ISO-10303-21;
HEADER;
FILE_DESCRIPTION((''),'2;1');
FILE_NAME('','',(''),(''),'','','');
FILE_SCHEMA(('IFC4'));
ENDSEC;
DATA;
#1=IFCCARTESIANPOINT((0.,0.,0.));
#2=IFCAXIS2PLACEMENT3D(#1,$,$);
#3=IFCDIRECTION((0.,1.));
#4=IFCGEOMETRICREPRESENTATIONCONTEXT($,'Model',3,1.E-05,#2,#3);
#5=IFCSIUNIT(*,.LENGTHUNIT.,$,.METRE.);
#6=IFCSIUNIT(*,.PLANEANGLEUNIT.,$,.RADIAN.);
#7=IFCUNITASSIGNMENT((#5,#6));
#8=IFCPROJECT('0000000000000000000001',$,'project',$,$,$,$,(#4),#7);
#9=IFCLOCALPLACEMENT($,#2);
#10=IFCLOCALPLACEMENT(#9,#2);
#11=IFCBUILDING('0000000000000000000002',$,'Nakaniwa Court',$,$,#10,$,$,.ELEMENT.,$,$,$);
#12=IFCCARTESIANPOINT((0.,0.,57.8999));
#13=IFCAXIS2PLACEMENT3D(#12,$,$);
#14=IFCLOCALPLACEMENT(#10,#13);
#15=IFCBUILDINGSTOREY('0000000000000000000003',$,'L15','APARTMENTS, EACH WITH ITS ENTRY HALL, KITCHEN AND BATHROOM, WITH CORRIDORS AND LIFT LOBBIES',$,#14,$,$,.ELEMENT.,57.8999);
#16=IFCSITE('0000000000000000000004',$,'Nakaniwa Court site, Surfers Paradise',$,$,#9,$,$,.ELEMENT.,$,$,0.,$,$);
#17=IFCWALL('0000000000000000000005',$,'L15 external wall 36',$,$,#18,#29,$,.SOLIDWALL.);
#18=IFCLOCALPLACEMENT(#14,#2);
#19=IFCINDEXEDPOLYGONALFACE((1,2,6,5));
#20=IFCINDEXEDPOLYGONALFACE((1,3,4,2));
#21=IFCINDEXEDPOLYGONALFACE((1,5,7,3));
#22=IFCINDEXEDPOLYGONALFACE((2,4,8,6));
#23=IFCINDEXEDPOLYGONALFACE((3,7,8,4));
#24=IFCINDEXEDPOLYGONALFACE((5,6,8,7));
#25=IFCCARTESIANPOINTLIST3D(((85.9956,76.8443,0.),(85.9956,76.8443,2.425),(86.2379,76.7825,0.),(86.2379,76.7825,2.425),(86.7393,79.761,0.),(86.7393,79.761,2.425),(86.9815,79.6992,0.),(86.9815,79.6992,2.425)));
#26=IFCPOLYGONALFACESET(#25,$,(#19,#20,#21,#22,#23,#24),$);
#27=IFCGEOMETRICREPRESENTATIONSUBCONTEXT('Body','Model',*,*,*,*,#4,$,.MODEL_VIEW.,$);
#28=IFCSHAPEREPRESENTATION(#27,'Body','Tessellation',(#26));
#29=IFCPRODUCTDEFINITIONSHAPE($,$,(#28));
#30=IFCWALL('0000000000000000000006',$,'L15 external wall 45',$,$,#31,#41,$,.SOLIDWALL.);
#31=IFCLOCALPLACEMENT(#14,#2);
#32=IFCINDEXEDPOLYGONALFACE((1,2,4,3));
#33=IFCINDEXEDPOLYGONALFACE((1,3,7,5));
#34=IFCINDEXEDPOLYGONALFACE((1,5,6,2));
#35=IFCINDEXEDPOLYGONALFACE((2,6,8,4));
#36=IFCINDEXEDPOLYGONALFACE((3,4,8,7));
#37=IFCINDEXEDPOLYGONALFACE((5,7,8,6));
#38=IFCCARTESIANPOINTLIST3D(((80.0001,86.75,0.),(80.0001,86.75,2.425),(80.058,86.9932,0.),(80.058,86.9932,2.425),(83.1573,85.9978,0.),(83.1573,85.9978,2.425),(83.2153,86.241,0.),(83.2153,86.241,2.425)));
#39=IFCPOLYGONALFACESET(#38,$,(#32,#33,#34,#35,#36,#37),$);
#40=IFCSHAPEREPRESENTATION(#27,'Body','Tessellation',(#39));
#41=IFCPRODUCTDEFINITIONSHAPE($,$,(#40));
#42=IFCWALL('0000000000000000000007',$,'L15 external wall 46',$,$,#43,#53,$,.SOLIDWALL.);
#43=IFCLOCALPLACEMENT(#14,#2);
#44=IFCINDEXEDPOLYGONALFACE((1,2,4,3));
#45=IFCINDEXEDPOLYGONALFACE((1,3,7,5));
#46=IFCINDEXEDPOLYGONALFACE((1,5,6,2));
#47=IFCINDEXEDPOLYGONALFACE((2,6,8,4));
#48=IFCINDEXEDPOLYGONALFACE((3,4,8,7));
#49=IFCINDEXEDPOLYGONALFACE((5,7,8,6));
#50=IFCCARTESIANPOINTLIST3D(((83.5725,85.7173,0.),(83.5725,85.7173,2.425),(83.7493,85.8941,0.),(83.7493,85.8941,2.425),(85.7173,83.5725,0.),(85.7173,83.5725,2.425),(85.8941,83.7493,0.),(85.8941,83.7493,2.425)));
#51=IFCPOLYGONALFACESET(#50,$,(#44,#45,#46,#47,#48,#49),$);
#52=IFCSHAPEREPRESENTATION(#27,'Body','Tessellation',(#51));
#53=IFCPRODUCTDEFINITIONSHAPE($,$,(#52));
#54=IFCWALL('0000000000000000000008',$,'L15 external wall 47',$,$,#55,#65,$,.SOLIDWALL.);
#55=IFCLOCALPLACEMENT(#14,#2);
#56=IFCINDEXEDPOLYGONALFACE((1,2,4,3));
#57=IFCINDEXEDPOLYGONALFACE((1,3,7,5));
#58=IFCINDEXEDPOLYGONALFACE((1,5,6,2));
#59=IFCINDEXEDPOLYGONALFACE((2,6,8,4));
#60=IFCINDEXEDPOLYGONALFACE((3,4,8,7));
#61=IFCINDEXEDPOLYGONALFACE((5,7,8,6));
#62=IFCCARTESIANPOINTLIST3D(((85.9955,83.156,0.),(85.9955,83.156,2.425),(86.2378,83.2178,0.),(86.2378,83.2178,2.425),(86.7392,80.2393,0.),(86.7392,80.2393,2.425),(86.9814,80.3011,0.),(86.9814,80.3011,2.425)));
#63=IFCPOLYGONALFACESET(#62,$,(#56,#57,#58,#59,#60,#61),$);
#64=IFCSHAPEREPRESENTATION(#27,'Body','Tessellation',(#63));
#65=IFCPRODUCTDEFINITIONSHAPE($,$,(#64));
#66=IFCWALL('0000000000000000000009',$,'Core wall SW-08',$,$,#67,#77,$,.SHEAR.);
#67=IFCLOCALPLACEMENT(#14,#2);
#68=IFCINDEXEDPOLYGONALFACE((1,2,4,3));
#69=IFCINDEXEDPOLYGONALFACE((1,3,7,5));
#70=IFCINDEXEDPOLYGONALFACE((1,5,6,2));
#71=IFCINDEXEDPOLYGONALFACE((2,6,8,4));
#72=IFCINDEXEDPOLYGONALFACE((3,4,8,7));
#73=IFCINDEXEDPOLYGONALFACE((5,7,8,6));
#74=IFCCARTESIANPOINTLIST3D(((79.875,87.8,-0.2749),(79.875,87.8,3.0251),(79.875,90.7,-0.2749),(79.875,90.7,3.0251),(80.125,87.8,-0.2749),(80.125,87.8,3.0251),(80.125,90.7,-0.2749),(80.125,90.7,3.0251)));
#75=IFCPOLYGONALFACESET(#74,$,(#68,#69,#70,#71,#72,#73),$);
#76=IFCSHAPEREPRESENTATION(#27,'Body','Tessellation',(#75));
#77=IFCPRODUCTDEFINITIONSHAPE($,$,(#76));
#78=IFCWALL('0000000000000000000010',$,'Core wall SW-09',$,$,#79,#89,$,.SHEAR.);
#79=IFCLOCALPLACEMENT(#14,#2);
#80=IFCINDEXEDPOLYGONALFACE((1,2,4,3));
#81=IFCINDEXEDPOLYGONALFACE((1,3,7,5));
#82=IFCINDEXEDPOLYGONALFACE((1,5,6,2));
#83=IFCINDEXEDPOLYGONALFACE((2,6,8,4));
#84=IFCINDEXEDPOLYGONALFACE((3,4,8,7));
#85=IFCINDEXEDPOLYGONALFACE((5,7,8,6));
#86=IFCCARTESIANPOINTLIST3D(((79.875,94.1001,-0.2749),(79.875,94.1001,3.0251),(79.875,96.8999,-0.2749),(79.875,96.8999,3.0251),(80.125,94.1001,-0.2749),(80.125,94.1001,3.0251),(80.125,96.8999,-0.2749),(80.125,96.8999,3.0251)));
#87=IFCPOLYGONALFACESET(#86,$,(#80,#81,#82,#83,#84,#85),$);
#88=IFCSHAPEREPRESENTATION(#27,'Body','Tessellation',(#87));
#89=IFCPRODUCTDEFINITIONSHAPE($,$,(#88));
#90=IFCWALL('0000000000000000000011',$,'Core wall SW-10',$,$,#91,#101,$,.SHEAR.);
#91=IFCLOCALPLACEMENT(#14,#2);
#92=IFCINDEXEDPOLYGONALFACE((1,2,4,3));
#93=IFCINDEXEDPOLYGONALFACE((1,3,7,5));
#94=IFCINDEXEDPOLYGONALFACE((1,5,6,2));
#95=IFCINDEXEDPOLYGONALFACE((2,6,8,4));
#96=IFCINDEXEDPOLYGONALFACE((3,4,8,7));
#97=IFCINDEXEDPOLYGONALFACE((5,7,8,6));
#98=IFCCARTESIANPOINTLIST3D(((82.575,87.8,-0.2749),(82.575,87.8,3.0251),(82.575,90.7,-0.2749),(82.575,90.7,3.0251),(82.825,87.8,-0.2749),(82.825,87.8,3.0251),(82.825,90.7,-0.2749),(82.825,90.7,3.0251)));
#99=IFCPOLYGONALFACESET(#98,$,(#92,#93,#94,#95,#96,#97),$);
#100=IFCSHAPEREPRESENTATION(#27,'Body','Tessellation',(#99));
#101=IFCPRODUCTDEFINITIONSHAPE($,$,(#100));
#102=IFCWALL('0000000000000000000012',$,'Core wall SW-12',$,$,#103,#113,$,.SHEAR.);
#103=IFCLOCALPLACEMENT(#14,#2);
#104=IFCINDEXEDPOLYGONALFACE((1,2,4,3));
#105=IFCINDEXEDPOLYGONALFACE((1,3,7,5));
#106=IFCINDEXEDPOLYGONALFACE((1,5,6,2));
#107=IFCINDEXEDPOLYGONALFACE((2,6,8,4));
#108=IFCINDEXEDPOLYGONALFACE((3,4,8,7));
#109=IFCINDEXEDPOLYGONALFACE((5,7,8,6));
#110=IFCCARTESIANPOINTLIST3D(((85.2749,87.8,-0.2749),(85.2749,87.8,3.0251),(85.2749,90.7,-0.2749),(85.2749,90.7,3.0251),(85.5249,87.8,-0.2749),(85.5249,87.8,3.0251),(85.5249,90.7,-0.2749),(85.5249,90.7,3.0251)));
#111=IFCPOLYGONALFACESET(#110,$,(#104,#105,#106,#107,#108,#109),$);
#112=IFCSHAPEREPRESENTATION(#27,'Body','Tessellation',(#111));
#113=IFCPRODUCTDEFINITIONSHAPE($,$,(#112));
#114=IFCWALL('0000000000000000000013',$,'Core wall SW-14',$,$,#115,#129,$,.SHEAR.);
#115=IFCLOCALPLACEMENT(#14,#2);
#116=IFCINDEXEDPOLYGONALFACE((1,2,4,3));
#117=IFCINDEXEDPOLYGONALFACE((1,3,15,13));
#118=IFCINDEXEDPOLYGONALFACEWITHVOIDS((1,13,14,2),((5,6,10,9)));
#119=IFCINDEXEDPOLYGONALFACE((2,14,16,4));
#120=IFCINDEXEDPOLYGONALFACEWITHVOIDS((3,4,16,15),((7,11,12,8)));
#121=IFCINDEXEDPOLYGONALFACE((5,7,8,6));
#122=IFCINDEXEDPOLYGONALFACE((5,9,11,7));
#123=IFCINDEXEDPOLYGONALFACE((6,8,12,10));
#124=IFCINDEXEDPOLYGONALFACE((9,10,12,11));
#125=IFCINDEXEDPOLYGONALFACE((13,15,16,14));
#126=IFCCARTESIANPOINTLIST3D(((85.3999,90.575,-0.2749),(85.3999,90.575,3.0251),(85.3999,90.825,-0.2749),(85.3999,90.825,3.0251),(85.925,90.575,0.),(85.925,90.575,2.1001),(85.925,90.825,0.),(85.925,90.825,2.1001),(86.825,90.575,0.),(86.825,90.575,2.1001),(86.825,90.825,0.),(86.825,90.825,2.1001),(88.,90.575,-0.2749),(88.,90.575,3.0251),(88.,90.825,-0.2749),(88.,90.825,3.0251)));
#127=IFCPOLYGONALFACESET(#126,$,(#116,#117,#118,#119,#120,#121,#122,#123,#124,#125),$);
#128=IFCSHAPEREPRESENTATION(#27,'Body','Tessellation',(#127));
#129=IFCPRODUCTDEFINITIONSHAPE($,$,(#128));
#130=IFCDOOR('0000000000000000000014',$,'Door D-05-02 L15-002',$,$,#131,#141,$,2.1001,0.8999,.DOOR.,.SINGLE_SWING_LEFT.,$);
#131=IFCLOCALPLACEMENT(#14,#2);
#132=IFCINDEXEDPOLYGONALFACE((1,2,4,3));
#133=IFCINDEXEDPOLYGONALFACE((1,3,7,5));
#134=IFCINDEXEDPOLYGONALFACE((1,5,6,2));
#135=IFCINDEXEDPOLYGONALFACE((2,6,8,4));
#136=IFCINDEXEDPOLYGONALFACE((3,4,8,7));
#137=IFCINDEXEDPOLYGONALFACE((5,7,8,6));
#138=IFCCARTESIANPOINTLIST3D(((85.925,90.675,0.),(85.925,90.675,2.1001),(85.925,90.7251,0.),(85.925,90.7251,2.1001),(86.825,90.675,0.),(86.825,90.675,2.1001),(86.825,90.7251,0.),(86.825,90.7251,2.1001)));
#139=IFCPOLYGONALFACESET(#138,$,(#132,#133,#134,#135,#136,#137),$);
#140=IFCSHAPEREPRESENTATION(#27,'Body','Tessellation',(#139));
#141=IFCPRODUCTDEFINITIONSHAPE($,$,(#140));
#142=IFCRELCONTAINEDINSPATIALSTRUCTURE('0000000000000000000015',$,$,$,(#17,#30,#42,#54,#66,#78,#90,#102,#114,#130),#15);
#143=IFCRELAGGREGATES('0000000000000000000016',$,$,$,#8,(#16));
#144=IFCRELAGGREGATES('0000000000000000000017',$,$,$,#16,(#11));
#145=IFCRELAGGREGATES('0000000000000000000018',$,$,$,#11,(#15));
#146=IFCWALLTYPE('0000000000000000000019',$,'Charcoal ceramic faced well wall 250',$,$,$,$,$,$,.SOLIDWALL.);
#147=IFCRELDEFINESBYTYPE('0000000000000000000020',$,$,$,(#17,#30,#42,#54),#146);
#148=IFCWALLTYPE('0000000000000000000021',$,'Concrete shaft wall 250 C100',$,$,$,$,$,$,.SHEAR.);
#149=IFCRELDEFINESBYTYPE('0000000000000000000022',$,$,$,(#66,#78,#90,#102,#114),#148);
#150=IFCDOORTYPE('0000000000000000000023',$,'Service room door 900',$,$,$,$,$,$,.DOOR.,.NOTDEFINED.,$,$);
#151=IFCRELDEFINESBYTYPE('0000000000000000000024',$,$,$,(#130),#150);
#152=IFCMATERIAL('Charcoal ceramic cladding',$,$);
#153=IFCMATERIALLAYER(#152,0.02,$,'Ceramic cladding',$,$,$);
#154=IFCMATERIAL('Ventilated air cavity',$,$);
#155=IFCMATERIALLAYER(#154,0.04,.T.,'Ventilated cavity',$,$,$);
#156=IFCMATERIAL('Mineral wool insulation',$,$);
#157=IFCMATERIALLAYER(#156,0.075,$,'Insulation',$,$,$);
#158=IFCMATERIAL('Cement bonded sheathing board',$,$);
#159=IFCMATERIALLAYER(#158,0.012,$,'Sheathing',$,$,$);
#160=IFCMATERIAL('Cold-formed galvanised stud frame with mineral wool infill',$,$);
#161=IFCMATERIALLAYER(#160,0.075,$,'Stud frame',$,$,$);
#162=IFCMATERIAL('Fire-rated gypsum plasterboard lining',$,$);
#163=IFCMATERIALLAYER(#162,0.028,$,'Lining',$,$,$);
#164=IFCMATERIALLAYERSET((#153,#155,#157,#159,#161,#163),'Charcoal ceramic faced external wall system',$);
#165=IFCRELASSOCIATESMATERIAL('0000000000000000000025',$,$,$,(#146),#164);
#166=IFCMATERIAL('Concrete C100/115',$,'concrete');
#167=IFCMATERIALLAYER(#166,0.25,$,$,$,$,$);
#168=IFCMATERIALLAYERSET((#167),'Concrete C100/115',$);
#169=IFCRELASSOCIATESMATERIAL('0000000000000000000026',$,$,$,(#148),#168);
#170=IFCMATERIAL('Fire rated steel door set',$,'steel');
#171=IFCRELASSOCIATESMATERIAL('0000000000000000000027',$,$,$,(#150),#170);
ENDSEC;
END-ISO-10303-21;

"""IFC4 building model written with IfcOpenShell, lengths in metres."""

from ifc_helpers import new_model, si_unit, direction, frame, frame_2d, origin, place, context, subcontext, project, spatial, rectangle, extrude, material, layer, layer_set, type_object, element, fill, save


model = new_model("IFC4")

# Units and contexts
model_context = context("Model", 3, precision=1e-05, world=origin(), true_north=direction((0.0, 1.0)))
body_context = subcontext(model_context, "Body", "Model", "MODEL_VIEW")
ifc_project = project(units=[si_unit("LENGTHUNIT", "METRE"), si_unit("PLANEANGLEUNIT", "RADIAN")], contexts=[model_context])

# Site, building, storey
site_placement = place(None, origin())
site = spatial("IfcSite", under=ifc_project, at=site_placement, Name="Nakaniwa Court site, Surfers Paradise", CompositionType="ELEMENT", RefElevation=0.0)
building_placement = place(site_placement, origin())
building = spatial("IfcBuilding", under=site, at=building_placement, Name="Nakaniwa Court", CompositionType="ELEMENT")
storey_placement = place(building_placement, frame((0.0, 0.0, 57.8999)))
storey = spatial("IfcBuildingStorey", under=building, at=storey_placement, Name="L15", Description="APARTMENTS, EACH WITH ITS ENTRY HALL, KITCHEN AND BATHROOM, WITH CORRIDORS AND LIFT LOBBIES", CompositionType="ELEMENT", Elevation=57.8999)

# Shared definitions
ifc_material_1 = material(Name="Concrete C100/115", Category="concrete")

# Walls
ifc_material_2 = material(Name="Charcoal ceramic cladding")
ifc_layer_1 = layer(ifc_material_2, 0.02, Name="Ceramic cladding")
ifc_material_3 = material(Name="Ventilated air cavity")
ifc_layer_2 = layer(ifc_material_3, 0.04, ventilated=True, Name="Ventilated cavity")
ifc_material_4 = material(Name="Mineral wool insulation")
ifc_layer_3 = layer(ifc_material_4, 0.075, Name="Insulation")
ifc_material_5 = material(Name="Cement bonded sheathing board")
ifc_layer_4 = layer(ifc_material_5, 0.012, Name="Sheathing")
ifc_material_6 = material(Name="Cold-formed galvanised stud frame with mineral wool infill")
ifc_layer_5 = layer(ifc_material_6, 0.075, Name="Stud frame")
ifc_material_7 = material(Name="Fire-rated gypsum plasterboard lining")
ifc_layer_6 = layer(ifc_material_7, 0.028, Name="Lining")
ifc_layer_set_1 = layer_set([ifc_layer_1, ifc_layer_2, ifc_layer_3, ifc_layer_4, ifc_layer_5, ifc_layer_6], Name="Charcoal ceramic faced external wall system")
wall_type_1 = type_object("IfcWallType", Name="Charcoal ceramic faced well wall 250", PredefinedType="SOLIDWALL", material=ifc_layer_set_1)
wall_1_placement = place(storey_placement, frame((86.8604, 79.73, 0.0), z_axis=(0.0, 0.0, 1.0), x_axis=(-0.247056, -0.969001, 0.0)))
element("IfcWall", 1, at=wall_1_placement, inside=storey, type_object=wall_type_1, Name="L15 external wall 36", PredefinedType="SOLIDWALL", context=body_context, shape_type="SweptSolid", body=[
    extrude(rectangle(XDim=3.01, YDim=0.25, at=frame_2d((1.5049, 0.0))), origin(), (0.0, 0.0, 1.0), 2.425),
])
wall_2_placement = place(storey_placement, frame((80.0291, 86.8716, 0.0), z_axis=(0.0, 0.0, 1.0), x_axis=(0.972773, -0.23176, 0.0)))
element("IfcWall", 2, at=wall_2_placement, inside=storey, type_object=wall_type_1, Name="L15 external wall 45", PredefinedType="SOLIDWALL", context=body_context, shape_type="SweptSolid", body=[
    extrude(rectangle(XDim=3.2456, YDim=0.25, at=frame_2d((1.6228, 0.0))), origin(), (0.0, 0.0, 1.0), 2.425),
])
wall_3_placement = place(storey_placement, frame((83.6609, 85.8057, 0.0), z_axis=(0.0, 0.0, 1.0), x_axis=(0.707107, -0.707107, 0.0)))
element("IfcWall", 3, at=wall_3_placement, inside=storey, type_object=wall_type_1, Name="L15 external wall 46", PredefinedType="SOLIDWALL", context=body_context, shape_type="SweptSolid", body=[
    extrude(rectangle(XDim=3.0332, YDim=0.25, at=frame_2d((1.5166, 0.0))), origin(), (0.0, 0.0, 1.0), 2.425),
])
wall_4_placement = place(storey_placement, frame((86.1167, 83.1868, 0.0), z_axis=(0.0, 0.0, 1.0), x_axis=(0.247056, -0.969001, 0.0)))
element("IfcWall", 4, at=wall_4_placement, inside=storey, type_object=wall_type_1, Name="L15 external wall 47", PredefinedType="SOLIDWALL", context=body_context, shape_type="SweptSolid", body=[
    extrude(rectangle(XDim=3.01, YDim=0.25, at=frame_2d((1.5049, 0.0))), origin(), (0.0, 0.0, 1.0), 2.425),
])
ifc_layer_7 = layer(ifc_material_1, 0.25)
ifc_layer_set_2 = layer_set([ifc_layer_7], Name="Concrete C100/115")
wall_type_2 = type_object("IfcWallType", Name="Concrete shaft wall 250 C100", PredefinedType="SHEAR", material=ifc_layer_set_2)
wall_5_placement = place(storey_placement, frame((80.0, 87.8, -0.2749), z_axis=(0.0, 0.0, 1.0), x_axis=(0.0, 1.0, 0.0)))
element("IfcWall", 5, at=wall_5_placement, inside=storey, type_object=wall_type_2, Name="Core wall SW-08", PredefinedType="SHEAR", context=body_context, shape_type="SweptSolid", body=[
    extrude(rectangle(XDim=2.8999, YDim=0.25, at=frame_2d((1.45, 0.0))), origin(), (0.0, 0.0, 1.0), 3.3),
])
wall_6_placement = place(storey_placement, frame((80.0, 94.1001, -0.2749), z_axis=(0.0, 0.0, 1.0), x_axis=(0.0, 1.0, 0.0)))
element("IfcWall", 6, at=wall_6_placement, inside=storey, type_object=wall_type_2, Name="Core wall SW-09", PredefinedType="SHEAR", context=body_context, shape_type="SweptSolid", body=[
    extrude(rectangle(XDim=2.7998, YDim=0.25, at=frame_2d((1.3999, 0.0))), origin(), (0.0, 0.0, 1.0), 3.3),
])
for number, where, z_axis, x_axis, name in (
    (7, (82.7, 87.8, -0.2749), (0.0, 0.0, 1.0), (0.0, 1.0, 0.0), "Core wall SW-10"),
    (8, (85.3999, 87.8, -0.2749), (0.0, 0.0, 1.0), (0.0, 1.0, 0.0), "Core wall SW-12"),
):
    element("IfcWall", number, at=place(storey_placement, frame(where, z_axis=z_axis, x_axis=x_axis)), inside=storey, type_object=wall_type_2, Name=name, PredefinedType="SHEAR", context=body_context, shape_type="SweptSolid", body=[
        extrude(rectangle(XDim=2.8999, YDim=0.25, at=frame_2d((1.45, 0.0))), origin(), (0.0, 0.0, 1.0), 3.3),
    ])

# Wall, opening, door
wall_7_placement = place(storey_placement, frame((88.0, 90.7, -0.2749), z_axis=(0.0, 0.0, 1.0), x_axis=(-1.0, 0.0, 0.0)))
wall_7 = element("IfcWall", 9, at=wall_7_placement, inside=storey, type_object=wall_type_2, Name="Core wall SW-14", PredefinedType="SHEAR", context=body_context, shape_type="SweptSolid", body=[
    extrude(rectangle(XDim=2.6001, YDim=0.25, at=frame_2d((1.3, 0.0))), origin(), (0.0, 0.0, 1.0), 3.3),
])
opening_1_placement = place(wall_7_placement, frame((1.175, 0.0, 0.2749)))
opening_1 = element("IfcOpeningElement", 10, at=opening_1_placement, cuts=wall_7, PredefinedType="OPENING", context=body_context, shape_type="SweptSolid", body=[
    extrude(rectangle(XDim=0.8999, YDim=2.1001, at=frame_2d((0.45, 1.05))), frame((0.0, 0.135, 0.0), z_axis=(0.0, -1.0, 0.0), x_axis=(1.0, 0.0, 0.0)), (0.0, 0.0, 1.0), 0.27),
])
ifc_material_8 = material(Name="Fire rated steel door set", Category="steel")
door_type_1 = type_object("IfcDoorType", Name="Service room door 900", OperationType="NOTDEFINED", PredefinedType="DOOR", material=ifc_material_8)
door_1_placement = place(opening_1_placement, origin())
door_1 = element("IfcDoor", 11, at=door_1_placement, inside=storey, type_object=door_type_1, Name="Door D-05-02 L15-002", OperationType="SINGLE_SWING_LEFT", OverallHeight=2.1001, OverallWidth=0.8999, PredefinedType="DOOR", context=body_context, shape_type="SweptSolid", body=[
    extrude(rectangle(XDim=0.8999, YDim=2.1001, at=frame_2d((0.45, 1.05))), frame((0.0, 0.0249, 0.0), z_axis=(0.0, -1.0, 0.0), x_axis=(1.0, 0.0, 0.0)), (0.0, 0.0, 1.0), 0.05),
])
fill(opening_1, door_1)

save(model, "model.ifc")
